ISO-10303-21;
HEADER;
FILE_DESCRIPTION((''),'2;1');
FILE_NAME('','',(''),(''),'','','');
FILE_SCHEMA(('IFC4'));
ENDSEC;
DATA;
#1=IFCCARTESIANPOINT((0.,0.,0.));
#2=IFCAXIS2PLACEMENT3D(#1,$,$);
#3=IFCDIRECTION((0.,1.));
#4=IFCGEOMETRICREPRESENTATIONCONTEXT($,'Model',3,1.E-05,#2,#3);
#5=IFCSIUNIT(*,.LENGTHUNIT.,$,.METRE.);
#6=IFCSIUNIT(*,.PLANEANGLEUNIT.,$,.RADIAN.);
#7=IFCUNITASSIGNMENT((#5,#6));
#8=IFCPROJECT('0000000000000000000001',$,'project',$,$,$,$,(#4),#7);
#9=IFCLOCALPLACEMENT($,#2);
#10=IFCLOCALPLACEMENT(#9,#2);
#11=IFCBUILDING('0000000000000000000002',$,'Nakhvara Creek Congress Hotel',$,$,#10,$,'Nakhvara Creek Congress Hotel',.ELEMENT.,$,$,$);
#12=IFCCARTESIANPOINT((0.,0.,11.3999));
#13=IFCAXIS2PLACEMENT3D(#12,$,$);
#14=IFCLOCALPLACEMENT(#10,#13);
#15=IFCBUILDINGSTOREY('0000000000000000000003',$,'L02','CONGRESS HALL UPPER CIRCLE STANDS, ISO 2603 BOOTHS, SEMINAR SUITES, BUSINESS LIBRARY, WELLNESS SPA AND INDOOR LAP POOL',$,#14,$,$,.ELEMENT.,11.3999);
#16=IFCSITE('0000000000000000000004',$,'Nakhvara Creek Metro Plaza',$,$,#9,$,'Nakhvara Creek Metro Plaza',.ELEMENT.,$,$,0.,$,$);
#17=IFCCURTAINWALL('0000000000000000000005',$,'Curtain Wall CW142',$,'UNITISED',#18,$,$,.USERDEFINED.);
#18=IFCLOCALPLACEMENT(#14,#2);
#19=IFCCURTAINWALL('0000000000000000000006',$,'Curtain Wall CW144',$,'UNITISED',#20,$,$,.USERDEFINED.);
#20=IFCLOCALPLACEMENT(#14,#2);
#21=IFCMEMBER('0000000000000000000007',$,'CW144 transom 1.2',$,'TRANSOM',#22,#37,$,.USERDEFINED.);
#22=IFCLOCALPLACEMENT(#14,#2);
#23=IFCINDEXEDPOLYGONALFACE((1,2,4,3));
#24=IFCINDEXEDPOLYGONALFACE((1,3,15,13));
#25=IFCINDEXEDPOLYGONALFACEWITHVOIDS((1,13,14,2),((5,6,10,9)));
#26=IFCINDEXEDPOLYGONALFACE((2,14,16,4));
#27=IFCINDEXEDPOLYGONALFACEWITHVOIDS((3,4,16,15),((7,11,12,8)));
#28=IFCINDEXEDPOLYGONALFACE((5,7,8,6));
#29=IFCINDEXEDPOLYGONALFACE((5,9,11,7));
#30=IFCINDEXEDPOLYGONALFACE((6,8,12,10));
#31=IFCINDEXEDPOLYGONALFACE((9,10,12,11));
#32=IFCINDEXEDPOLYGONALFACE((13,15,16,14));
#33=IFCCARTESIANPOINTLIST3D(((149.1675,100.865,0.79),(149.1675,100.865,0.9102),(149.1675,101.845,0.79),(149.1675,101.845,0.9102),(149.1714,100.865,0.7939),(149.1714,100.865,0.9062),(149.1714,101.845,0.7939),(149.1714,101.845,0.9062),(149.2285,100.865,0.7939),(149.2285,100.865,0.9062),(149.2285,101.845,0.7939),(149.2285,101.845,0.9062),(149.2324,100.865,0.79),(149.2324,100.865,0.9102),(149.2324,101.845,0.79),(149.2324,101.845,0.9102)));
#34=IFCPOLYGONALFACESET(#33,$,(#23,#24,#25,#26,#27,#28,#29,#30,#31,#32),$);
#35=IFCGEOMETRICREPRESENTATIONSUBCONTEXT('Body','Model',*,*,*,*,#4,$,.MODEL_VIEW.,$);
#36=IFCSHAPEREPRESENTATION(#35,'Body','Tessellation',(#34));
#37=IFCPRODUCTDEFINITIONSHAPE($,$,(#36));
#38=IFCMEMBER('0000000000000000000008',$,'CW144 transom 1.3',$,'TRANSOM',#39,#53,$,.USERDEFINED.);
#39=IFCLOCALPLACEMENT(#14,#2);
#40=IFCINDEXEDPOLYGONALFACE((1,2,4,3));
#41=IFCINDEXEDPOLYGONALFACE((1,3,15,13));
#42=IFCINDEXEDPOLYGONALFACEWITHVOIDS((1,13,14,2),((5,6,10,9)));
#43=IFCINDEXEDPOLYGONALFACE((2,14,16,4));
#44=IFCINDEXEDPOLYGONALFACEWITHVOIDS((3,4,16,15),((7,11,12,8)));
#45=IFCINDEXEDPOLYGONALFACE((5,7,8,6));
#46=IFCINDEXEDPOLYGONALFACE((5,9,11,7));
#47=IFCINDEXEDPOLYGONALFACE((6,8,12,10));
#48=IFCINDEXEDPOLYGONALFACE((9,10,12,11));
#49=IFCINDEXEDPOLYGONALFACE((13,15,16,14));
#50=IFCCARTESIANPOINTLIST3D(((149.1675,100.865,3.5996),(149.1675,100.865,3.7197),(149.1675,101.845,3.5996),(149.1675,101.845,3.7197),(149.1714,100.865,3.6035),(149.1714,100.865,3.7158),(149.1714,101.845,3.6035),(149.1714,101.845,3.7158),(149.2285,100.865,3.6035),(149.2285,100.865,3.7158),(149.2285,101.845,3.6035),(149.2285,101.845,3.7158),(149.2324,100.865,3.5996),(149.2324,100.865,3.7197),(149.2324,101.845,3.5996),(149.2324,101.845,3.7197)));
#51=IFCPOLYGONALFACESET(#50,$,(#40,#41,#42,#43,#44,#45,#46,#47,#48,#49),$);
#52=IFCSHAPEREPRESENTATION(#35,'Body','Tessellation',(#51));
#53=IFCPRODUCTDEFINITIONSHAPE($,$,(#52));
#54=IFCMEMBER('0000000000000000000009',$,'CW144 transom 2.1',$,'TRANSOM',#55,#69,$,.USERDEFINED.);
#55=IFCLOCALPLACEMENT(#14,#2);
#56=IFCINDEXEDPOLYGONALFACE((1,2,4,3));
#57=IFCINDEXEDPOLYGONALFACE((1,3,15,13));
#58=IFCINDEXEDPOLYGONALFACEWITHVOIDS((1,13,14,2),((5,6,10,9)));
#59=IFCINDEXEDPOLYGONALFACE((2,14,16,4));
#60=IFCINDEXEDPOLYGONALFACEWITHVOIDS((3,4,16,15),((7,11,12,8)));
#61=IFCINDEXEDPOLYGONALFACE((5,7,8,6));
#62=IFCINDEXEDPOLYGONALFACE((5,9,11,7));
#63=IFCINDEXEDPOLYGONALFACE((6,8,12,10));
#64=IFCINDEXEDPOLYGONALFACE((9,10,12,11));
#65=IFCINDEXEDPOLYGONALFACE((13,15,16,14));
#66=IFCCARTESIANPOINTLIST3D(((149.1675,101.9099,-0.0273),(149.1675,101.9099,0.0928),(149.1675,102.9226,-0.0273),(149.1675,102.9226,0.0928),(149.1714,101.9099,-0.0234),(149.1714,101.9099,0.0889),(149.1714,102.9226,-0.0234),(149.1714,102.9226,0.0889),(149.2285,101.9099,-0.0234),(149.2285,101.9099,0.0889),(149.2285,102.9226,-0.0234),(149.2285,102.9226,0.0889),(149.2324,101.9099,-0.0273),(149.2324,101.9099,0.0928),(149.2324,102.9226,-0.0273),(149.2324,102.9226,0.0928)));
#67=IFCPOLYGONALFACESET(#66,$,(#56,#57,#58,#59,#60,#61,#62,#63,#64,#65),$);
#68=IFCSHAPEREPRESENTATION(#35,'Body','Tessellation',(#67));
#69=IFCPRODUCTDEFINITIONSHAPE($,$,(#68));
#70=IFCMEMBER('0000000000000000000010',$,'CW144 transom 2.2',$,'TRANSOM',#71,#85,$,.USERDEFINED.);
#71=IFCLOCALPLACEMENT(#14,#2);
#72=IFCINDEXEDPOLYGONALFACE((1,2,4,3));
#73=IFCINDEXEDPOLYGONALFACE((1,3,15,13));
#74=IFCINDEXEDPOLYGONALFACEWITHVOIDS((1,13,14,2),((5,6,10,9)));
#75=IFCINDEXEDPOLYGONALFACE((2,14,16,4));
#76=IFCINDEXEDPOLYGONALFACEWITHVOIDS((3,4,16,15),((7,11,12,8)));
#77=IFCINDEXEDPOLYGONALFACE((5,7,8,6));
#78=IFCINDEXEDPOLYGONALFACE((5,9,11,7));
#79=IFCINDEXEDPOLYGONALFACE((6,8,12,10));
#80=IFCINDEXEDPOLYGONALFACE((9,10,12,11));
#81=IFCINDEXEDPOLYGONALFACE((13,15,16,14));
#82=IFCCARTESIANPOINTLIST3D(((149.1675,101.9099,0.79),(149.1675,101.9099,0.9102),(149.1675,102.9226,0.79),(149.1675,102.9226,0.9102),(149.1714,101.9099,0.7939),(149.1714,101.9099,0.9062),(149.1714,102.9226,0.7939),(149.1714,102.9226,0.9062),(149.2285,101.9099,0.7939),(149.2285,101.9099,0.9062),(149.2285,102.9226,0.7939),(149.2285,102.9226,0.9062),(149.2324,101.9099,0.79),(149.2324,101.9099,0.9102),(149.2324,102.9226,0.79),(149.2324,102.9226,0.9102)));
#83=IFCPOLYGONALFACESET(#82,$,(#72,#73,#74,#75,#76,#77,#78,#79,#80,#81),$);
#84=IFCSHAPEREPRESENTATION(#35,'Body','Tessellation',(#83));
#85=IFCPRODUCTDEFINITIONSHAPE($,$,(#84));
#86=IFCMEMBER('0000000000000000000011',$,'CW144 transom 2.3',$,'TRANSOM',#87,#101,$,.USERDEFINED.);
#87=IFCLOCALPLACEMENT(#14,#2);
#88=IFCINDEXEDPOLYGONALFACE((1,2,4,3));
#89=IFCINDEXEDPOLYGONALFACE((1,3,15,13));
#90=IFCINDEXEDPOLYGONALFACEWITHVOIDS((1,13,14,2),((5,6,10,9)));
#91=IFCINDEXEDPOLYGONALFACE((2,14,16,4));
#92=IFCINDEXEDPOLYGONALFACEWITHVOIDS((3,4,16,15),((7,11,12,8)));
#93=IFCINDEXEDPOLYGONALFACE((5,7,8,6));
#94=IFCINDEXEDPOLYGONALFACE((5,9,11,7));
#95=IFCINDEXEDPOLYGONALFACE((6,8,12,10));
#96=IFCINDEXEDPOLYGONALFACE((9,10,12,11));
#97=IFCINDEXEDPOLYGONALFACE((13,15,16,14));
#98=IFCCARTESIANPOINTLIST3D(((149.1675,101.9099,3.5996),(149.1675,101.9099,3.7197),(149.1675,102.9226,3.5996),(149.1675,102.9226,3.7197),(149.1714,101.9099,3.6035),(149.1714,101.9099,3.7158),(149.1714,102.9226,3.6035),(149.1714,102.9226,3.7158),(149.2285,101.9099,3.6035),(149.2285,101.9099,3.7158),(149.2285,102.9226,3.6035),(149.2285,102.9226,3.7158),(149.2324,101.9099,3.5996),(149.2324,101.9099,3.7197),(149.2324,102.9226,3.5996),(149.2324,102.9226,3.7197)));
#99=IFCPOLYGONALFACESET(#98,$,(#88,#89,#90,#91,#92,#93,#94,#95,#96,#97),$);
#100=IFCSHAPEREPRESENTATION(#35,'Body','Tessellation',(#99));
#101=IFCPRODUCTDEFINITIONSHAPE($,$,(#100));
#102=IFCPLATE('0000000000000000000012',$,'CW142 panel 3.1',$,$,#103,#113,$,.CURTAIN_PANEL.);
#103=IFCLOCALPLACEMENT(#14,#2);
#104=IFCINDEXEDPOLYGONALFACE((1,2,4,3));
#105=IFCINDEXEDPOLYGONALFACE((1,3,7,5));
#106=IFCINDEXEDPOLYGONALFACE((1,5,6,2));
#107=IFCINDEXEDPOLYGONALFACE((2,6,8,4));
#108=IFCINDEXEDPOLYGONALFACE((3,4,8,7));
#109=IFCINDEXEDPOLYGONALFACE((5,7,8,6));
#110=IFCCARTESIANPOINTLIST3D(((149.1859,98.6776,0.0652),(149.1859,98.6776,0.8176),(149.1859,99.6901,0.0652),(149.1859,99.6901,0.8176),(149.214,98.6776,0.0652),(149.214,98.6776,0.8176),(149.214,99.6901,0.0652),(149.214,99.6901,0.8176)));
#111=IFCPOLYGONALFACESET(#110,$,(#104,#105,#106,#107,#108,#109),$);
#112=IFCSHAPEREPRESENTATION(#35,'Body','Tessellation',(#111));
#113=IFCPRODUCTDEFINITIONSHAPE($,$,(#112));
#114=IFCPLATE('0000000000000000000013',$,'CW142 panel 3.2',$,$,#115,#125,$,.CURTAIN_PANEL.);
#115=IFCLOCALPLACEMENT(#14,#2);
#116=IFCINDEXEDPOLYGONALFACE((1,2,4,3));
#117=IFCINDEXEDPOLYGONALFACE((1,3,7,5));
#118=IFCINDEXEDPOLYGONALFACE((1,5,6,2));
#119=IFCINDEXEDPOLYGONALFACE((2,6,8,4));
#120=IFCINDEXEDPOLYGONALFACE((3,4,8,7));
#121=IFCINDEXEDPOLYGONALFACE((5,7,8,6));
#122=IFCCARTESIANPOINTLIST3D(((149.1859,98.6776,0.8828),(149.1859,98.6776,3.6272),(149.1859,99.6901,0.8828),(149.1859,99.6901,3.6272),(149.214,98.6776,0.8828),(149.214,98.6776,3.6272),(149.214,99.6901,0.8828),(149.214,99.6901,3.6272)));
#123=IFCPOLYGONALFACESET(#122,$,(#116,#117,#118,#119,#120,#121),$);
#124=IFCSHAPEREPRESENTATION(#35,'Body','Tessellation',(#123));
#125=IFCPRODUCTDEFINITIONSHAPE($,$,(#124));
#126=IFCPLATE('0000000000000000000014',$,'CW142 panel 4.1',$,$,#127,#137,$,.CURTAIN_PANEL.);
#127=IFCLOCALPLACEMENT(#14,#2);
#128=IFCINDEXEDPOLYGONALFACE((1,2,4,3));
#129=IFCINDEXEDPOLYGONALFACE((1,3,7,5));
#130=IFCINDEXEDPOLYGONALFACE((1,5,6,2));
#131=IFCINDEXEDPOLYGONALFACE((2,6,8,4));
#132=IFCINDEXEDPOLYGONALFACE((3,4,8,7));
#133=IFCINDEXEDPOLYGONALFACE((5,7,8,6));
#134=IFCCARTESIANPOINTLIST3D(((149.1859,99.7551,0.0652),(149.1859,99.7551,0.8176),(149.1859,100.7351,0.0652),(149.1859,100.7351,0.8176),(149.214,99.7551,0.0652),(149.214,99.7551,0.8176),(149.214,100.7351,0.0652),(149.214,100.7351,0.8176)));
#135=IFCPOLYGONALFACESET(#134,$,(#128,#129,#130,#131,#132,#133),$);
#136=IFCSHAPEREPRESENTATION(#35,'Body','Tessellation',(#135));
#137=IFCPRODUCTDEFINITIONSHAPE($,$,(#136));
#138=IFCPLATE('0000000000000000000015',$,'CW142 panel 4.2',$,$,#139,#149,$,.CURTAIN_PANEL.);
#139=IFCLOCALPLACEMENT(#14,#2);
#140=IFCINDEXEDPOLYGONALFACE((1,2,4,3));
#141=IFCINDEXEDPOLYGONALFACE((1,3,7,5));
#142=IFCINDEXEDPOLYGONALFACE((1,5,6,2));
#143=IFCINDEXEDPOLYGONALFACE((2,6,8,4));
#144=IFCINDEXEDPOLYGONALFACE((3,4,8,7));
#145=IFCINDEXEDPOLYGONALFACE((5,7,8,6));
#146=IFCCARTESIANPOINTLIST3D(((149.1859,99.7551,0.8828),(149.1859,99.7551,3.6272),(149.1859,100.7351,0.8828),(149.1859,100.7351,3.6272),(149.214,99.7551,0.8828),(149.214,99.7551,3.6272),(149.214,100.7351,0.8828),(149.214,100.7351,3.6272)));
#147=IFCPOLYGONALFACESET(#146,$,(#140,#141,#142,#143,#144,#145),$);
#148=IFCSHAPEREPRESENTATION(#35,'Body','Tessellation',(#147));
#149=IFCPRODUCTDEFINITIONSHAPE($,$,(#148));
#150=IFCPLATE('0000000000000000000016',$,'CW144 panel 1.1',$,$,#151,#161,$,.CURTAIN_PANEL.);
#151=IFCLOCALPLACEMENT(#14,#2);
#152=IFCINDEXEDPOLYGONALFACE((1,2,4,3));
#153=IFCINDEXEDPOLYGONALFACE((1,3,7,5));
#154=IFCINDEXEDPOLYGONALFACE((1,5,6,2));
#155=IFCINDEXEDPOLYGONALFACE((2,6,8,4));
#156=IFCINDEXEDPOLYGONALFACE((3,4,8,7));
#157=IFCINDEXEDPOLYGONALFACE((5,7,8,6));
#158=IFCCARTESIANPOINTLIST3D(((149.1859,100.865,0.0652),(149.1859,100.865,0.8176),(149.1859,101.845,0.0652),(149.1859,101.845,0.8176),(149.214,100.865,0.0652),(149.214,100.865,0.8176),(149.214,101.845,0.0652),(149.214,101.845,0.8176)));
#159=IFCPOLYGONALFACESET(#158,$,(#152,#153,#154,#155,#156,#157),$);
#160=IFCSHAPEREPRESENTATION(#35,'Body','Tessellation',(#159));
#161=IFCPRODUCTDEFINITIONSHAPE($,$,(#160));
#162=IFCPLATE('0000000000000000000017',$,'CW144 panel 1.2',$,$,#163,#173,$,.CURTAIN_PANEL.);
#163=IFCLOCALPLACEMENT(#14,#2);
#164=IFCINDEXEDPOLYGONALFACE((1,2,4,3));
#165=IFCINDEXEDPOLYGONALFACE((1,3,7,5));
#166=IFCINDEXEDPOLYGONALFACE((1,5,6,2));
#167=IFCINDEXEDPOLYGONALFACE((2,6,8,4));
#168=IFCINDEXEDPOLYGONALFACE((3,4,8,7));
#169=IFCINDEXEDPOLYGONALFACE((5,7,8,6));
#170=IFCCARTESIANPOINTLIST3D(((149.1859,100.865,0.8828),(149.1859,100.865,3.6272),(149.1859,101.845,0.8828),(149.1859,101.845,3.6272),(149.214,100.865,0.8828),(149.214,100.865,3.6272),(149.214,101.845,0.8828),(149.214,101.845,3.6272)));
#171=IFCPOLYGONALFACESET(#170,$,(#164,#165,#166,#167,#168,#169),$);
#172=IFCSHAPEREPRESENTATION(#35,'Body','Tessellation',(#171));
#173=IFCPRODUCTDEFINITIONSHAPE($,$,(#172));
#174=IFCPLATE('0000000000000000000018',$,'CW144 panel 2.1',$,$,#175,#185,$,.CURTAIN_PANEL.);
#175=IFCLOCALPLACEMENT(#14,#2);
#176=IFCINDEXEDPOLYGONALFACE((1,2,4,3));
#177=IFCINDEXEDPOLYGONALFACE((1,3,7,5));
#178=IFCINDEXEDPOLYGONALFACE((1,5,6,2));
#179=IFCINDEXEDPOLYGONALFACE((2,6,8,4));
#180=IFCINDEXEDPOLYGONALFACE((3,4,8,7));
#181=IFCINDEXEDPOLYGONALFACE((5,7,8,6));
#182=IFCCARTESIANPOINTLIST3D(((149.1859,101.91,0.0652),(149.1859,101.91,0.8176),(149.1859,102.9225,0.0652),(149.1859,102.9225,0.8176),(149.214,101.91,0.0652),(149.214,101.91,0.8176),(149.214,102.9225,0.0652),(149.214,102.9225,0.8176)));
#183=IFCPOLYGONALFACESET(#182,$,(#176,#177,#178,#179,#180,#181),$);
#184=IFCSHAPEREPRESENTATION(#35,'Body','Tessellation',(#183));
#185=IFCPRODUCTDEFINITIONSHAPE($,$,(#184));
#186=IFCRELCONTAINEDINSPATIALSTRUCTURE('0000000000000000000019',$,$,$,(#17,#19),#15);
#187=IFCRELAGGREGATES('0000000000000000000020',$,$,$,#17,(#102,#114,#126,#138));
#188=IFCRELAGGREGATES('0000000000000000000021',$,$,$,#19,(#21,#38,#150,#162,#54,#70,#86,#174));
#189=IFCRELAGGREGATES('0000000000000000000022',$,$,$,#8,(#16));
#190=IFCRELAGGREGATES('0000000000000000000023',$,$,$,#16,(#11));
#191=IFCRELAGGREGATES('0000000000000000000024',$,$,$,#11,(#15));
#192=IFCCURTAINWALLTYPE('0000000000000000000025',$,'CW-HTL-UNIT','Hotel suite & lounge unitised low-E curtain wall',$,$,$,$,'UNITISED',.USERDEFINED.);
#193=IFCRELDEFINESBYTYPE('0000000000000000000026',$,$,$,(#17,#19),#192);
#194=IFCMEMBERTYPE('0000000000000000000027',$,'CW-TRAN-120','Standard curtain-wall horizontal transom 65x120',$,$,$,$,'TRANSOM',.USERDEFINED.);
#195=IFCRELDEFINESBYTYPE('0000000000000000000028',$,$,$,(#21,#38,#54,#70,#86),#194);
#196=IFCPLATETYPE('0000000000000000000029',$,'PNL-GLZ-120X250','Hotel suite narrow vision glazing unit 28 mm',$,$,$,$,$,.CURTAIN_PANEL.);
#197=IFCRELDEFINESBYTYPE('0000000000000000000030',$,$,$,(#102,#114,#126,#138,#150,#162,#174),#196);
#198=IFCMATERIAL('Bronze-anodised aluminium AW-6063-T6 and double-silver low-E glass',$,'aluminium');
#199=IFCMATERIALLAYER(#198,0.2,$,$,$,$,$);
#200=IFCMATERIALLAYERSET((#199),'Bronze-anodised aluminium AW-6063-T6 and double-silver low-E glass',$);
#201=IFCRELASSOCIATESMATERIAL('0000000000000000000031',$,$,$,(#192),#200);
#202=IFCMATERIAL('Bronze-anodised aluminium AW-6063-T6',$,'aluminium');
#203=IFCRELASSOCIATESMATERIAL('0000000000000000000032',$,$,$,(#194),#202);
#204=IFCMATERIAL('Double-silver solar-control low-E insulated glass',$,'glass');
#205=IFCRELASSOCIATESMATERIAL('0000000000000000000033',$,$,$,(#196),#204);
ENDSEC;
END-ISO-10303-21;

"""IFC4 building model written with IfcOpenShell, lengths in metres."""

from ifc_helpers import new_model, si_unit, direction, frame, origin, origin_2d, place, context, subcontext, project, spatial, rectangle, hollow_rectangle, extrude, material, layer, layer_set, material_profile, profile_set, type_object, element, aggregate, save


model = new_model("IFC4")

# Units and contexts
model_context = context("Model", 3, precision=1e-05, world=origin(), true_north=direction((0.0, 1.0)))
body_context = subcontext(model_context, "Body", "Model", "MODEL_VIEW")
ifc_project = project(units=[si_unit("LENGTHUNIT", "METRE"), si_unit("PLANEANGLEUNIT", "RADIAN")], contexts=[model_context])

# Site, building, storey
site_placement = place(None, origin())
site = spatial("IfcSite", under=ifc_project, at=site_placement, Name="Nakhvara Creek Metro Plaza", LongName="Nakhvara Creek Metro Plaza", CompositionType="ELEMENT", RefElevation=0.0)
building_placement = place(site_placement, origin())
building = spatial("IfcBuilding", under=site, at=building_placement, Name="Nakhvara Creek Congress Hotel", LongName="Nakhvara Creek Congress Hotel", CompositionType="ELEMENT")
storey_placement = place(building_placement, frame((0.0, 0.0, 11.3999)))
storey = spatial("IfcBuildingStorey", under=building, at=storey_placement, Name="L02", Description="CONGRESS HALL UPPER CIRCLE STANDS, ISO 2603 BOOTHS, SEMINAR SUITES, BUSINESS LIBRARY, WELLNESS SPA AND INDOOR LAP POOL", CompositionType="ELEMENT", Elevation=11.3999)

# Curtain walls
ifc_material_1 = material(Name="Bronze-anodised aluminium AW-6063-T6 and double-silver low-E glass", Category="aluminium")
ifc_layer = layer(ifc_material_1, 0.2)
ifc_layer_set = layer_set([ifc_layer], Name="Bronze-anodised aluminium AW-6063-T6 and double-silver low-E glass")
curtain_wall_type = type_object("IfcCurtainWallType", Name="CW-HTL-UNIT", Description="Hotel suite & lounge unitised low-E curtain wall", ElementType="UNITISED", PredefinedType="USERDEFINED", material=ifc_layer_set)
curtain_wall_1_placement = place(storey_placement, origin())
curtain_wall_1 = element("IfcCurtainWall", 1, at=curtain_wall_1_placement, inside=storey, type_object=curtain_wall_type, Name="Curtain Wall CW142", ObjectType="UNITISED", PredefinedType="USERDEFINED")
ifc_material_2 = material(Name="Bronze-anodised aluminium AW-6063-T6", Category="aluminium")
curtain_wall_2_placement = place(storey_placement, origin())
curtain_wall_2 = element("IfcCurtainWall", 2, at=curtain_wall_2_placement, inside=storey, type_object=curtain_wall_type, Name="Curtain Wall CW144", ObjectType="UNITISED", PredefinedType="USERDEFINED")

# Members
ifc_material_profile_1 = material_profile(ifc_material_2, hollow_rectangle(XDim=0.0649, YDim=0.1201, WallThickness=0.0039, at=origin_2d()), Name="ALU-TRAN 65x120x4", Category="LoadBearing")
ifc_profile_set_1 = profile_set([ifc_material_profile_1], Name="Bronze-anodised aluminium AW-6063-T6")
member_type_1 = type_object("IfcMemberType", Name="CW-TRAN-120", Description="Standard curtain-wall horizontal transom 65x120", ElementType="TRANSOM", PredefinedType="USERDEFINED", material=ifc_profile_set_1)
member_1_placement = place(storey_placement, frame((149.2, 100.865, 0.8501), z_axis=(0.0, 1.0, 0.0), x_axis=(-1.0, 0.0, 0.0)))
member_1 = element("IfcMember", 3, at=member_1_placement, type_object=member_type_1, Name="CW144 transom 1.2", ObjectType="TRANSOM", PredefinedType="USERDEFINED", context=body_context, shape_type="SweptSolid", body=[
    extrude(hollow_rectangle(XDim=0.0649, YDim=0.1201, WallThickness=0.0039, at=origin_2d()), origin(), (0.0, 0.0, 1.0), 0.98),
])
member_2_placement = place(storey_placement, frame((149.2, 100.865, 3.6597), z_axis=(0.0, 1.0, 0.0), x_axis=(-1.0, 0.0, 0.0)))
member_2 = element("IfcMember", 4, at=member_2_placement, type_object=member_type_1, Name="CW144 transom 1.3", ObjectType="TRANSOM", PredefinedType="USERDEFINED", context=body_context, shape_type="SweptSolid", body=[
    extrude(hollow_rectangle(XDim=0.0649, YDim=0.1201, WallThickness=0.0039, at=origin_2d()), origin(), (0.0, 0.0, 1.0), 0.98),
])
member_3_placement = place(storey_placement, frame((149.2, 101.9099, 0.0327), z_axis=(0.0, 1.0, 0.0), x_axis=(-1.0, 0.0, 0.0)))
member_3 = element("IfcMember", 5, at=member_3_placement, type_object=member_type_1, Name="CW144 transom 2.1", ObjectType="TRANSOM", PredefinedType="USERDEFINED", context=body_context, shape_type="SweptSolid", body=[
    extrude(hollow_rectangle(XDim=0.0649, YDim=0.1201, WallThickness=0.0039, at=origin_2d()), origin(), (0.0, 0.0, 1.0), 1.0127),
])
member_4_placement = place(storey_placement, frame((149.2, 101.9099, 0.8501), z_axis=(0.0, 1.0, 0.0), x_axis=(-1.0, 0.0, 0.0)))
member_4 = element("IfcMember", 6, at=member_4_placement, type_object=member_type_1, Name="CW144 transom 2.2", ObjectType="TRANSOM", PredefinedType="USERDEFINED", context=body_context, shape_type="SweptSolid", body=[
    extrude(hollow_rectangle(XDim=0.0649, YDim=0.1201, WallThickness=0.0039, at=origin_2d()), origin(), (0.0, 0.0, 1.0), 1.0127),
])
member_5_placement = place(storey_placement, frame((149.2, 101.9099, 3.6597), z_axis=(0.0, 1.0, 0.0), x_axis=(-1.0, 0.0, 0.0)))
member_5 = element("IfcMember", 7, at=member_5_placement, type_object=member_type_1, Name="CW144 transom 2.3", ObjectType="TRANSOM", PredefinedType="USERDEFINED", context=body_context, shape_type="SweptSolid", body=[
    extrude(hollow_rectangle(XDim=0.0649, YDim=0.1201, WallThickness=0.0039, at=origin_2d()), origin(), (0.0, 0.0, 1.0), 1.0127),
])

# Plates
ifc_material_3 = material(Name="Double-silver solar-control low-E insulated glass", Category="glass")
plate_type = type_object("IfcPlateType", Name="PNL-GLZ-120X250", Description="Hotel suite narrow vision glazing unit 28 mm", PredefinedType="CURTAIN_PANEL", material=ifc_material_3)
plate_1_placement = place(storey_placement, frame((149.2, 99.1838, 0.0652), z_axis=(0.0, 0.0, 1.0), x_axis=(0.0, 1.0, 0.0)))
plate_1 = element("IfcPlate", 8, at=plate_1_placement, type_object=plate_type, Name="CW142 panel 3.1", PredefinedType="CURTAIN_PANEL", context=body_context, shape_type="SweptSolid", body=[
    extrude(rectangle(XDim=1.0125, YDim=0.0281, at=origin_2d()), origin(), (0.0, 0.0, 1.0), 0.7524),
])
plate_2_placement = place(storey_placement, frame((149.2, 99.1838, 0.8828), z_axis=(0.0, 0.0, 1.0), x_axis=(0.0, 1.0, 0.0)))
plate_2 = element("IfcPlate", 9, at=plate_2_placement, type_object=plate_type, Name="CW142 panel 3.2", PredefinedType="CURTAIN_PANEL", context=body_context, shape_type="SweptSolid", body=[
    extrude(rectangle(XDim=1.0125, YDim=0.0281, at=origin_2d()), origin(), (0.0, 0.0, 1.0), 2.7444),
])
plate_3_placement = place(storey_placement, frame((149.2, 100.2451, 0.0652), z_axis=(0.0, 0.0, 1.0), x_axis=(0.0, 1.0, 0.0)))
plate_3 = element("IfcPlate", 10, at=plate_3_placement, type_object=plate_type, Name="CW142 panel 4.1", PredefinedType="CURTAIN_PANEL", context=body_context, shape_type="SweptSolid", body=[
    extrude(rectangle(XDim=0.98, YDim=0.0281, at=origin_2d()), origin(), (0.0, 0.0, 1.0), 0.7524),
])
plate_4_placement = place(storey_placement, frame((149.2, 100.2451, 0.8828), z_axis=(0.0, 0.0, 1.0), x_axis=(0.0, 1.0, 0.0)))
plate_4 = element("IfcPlate", 11, at=plate_4_placement, type_object=plate_type, Name="CW142 panel 4.2", PredefinedType="CURTAIN_PANEL", context=body_context, shape_type="SweptSolid", body=[
    extrude(rectangle(XDim=0.98, YDim=0.0281, at=origin_2d()), origin(), (0.0, 0.0, 1.0), 2.7444),
])
aggregate(curtain_wall_1, [plate_1, plate_2, plate_3, plate_4])
plate_5_placement = place(storey_placement, frame((149.2, 101.355, 0.0652), z_axis=(0.0, 0.0, 1.0), x_axis=(0.0, 1.0, 0.0)))
plate_5 = element("IfcPlate", 12, at=plate_5_placement, type_object=plate_type, Name="CW144 panel 1.1", PredefinedType="CURTAIN_PANEL", context=body_context, shape_type="SweptSolid", body=[
    extrude(rectangle(XDim=0.98, YDim=0.0281, at=origin_2d()), origin(), (0.0, 0.0, 1.0), 0.7524),
])
plate_6_placement = place(storey_placement, frame((149.2, 101.355, 0.8828), z_axis=(0.0, 0.0, 1.0), x_axis=(0.0, 1.0, 0.0)))
plate_6 = element("IfcPlate", 13, at=plate_6_placement, type_object=plate_type, Name="CW144 panel 1.2", PredefinedType="CURTAIN_PANEL", context=body_context, shape_type="SweptSolid", body=[
    extrude(rectangle(XDim=0.98, YDim=0.0281, at=origin_2d()), origin(), (0.0, 0.0, 1.0), 2.7444),
])
plate_7_placement = place(storey_placement, frame((149.2, 102.4163, 0.0652), z_axis=(0.0, 0.0, 1.0), x_axis=(0.0, 1.0, 0.0)))
plate_7 = element("IfcPlate", 14, at=plate_7_placement, type_object=plate_type, Name="CW144 panel 2.1", PredefinedType="CURTAIN_PANEL", context=body_context, shape_type="SweptSolid", body=[
    extrude(rectangle(XDim=1.0125, YDim=0.0281, at=origin_2d()), origin(), (0.0, 0.0, 1.0), 0.7524),
])
aggregate(curtain_wall_2, [member_1, member_2, plate_5, plate_6, member_3, member_4, member_5, plate_7])

save(model, "model.ifc")
